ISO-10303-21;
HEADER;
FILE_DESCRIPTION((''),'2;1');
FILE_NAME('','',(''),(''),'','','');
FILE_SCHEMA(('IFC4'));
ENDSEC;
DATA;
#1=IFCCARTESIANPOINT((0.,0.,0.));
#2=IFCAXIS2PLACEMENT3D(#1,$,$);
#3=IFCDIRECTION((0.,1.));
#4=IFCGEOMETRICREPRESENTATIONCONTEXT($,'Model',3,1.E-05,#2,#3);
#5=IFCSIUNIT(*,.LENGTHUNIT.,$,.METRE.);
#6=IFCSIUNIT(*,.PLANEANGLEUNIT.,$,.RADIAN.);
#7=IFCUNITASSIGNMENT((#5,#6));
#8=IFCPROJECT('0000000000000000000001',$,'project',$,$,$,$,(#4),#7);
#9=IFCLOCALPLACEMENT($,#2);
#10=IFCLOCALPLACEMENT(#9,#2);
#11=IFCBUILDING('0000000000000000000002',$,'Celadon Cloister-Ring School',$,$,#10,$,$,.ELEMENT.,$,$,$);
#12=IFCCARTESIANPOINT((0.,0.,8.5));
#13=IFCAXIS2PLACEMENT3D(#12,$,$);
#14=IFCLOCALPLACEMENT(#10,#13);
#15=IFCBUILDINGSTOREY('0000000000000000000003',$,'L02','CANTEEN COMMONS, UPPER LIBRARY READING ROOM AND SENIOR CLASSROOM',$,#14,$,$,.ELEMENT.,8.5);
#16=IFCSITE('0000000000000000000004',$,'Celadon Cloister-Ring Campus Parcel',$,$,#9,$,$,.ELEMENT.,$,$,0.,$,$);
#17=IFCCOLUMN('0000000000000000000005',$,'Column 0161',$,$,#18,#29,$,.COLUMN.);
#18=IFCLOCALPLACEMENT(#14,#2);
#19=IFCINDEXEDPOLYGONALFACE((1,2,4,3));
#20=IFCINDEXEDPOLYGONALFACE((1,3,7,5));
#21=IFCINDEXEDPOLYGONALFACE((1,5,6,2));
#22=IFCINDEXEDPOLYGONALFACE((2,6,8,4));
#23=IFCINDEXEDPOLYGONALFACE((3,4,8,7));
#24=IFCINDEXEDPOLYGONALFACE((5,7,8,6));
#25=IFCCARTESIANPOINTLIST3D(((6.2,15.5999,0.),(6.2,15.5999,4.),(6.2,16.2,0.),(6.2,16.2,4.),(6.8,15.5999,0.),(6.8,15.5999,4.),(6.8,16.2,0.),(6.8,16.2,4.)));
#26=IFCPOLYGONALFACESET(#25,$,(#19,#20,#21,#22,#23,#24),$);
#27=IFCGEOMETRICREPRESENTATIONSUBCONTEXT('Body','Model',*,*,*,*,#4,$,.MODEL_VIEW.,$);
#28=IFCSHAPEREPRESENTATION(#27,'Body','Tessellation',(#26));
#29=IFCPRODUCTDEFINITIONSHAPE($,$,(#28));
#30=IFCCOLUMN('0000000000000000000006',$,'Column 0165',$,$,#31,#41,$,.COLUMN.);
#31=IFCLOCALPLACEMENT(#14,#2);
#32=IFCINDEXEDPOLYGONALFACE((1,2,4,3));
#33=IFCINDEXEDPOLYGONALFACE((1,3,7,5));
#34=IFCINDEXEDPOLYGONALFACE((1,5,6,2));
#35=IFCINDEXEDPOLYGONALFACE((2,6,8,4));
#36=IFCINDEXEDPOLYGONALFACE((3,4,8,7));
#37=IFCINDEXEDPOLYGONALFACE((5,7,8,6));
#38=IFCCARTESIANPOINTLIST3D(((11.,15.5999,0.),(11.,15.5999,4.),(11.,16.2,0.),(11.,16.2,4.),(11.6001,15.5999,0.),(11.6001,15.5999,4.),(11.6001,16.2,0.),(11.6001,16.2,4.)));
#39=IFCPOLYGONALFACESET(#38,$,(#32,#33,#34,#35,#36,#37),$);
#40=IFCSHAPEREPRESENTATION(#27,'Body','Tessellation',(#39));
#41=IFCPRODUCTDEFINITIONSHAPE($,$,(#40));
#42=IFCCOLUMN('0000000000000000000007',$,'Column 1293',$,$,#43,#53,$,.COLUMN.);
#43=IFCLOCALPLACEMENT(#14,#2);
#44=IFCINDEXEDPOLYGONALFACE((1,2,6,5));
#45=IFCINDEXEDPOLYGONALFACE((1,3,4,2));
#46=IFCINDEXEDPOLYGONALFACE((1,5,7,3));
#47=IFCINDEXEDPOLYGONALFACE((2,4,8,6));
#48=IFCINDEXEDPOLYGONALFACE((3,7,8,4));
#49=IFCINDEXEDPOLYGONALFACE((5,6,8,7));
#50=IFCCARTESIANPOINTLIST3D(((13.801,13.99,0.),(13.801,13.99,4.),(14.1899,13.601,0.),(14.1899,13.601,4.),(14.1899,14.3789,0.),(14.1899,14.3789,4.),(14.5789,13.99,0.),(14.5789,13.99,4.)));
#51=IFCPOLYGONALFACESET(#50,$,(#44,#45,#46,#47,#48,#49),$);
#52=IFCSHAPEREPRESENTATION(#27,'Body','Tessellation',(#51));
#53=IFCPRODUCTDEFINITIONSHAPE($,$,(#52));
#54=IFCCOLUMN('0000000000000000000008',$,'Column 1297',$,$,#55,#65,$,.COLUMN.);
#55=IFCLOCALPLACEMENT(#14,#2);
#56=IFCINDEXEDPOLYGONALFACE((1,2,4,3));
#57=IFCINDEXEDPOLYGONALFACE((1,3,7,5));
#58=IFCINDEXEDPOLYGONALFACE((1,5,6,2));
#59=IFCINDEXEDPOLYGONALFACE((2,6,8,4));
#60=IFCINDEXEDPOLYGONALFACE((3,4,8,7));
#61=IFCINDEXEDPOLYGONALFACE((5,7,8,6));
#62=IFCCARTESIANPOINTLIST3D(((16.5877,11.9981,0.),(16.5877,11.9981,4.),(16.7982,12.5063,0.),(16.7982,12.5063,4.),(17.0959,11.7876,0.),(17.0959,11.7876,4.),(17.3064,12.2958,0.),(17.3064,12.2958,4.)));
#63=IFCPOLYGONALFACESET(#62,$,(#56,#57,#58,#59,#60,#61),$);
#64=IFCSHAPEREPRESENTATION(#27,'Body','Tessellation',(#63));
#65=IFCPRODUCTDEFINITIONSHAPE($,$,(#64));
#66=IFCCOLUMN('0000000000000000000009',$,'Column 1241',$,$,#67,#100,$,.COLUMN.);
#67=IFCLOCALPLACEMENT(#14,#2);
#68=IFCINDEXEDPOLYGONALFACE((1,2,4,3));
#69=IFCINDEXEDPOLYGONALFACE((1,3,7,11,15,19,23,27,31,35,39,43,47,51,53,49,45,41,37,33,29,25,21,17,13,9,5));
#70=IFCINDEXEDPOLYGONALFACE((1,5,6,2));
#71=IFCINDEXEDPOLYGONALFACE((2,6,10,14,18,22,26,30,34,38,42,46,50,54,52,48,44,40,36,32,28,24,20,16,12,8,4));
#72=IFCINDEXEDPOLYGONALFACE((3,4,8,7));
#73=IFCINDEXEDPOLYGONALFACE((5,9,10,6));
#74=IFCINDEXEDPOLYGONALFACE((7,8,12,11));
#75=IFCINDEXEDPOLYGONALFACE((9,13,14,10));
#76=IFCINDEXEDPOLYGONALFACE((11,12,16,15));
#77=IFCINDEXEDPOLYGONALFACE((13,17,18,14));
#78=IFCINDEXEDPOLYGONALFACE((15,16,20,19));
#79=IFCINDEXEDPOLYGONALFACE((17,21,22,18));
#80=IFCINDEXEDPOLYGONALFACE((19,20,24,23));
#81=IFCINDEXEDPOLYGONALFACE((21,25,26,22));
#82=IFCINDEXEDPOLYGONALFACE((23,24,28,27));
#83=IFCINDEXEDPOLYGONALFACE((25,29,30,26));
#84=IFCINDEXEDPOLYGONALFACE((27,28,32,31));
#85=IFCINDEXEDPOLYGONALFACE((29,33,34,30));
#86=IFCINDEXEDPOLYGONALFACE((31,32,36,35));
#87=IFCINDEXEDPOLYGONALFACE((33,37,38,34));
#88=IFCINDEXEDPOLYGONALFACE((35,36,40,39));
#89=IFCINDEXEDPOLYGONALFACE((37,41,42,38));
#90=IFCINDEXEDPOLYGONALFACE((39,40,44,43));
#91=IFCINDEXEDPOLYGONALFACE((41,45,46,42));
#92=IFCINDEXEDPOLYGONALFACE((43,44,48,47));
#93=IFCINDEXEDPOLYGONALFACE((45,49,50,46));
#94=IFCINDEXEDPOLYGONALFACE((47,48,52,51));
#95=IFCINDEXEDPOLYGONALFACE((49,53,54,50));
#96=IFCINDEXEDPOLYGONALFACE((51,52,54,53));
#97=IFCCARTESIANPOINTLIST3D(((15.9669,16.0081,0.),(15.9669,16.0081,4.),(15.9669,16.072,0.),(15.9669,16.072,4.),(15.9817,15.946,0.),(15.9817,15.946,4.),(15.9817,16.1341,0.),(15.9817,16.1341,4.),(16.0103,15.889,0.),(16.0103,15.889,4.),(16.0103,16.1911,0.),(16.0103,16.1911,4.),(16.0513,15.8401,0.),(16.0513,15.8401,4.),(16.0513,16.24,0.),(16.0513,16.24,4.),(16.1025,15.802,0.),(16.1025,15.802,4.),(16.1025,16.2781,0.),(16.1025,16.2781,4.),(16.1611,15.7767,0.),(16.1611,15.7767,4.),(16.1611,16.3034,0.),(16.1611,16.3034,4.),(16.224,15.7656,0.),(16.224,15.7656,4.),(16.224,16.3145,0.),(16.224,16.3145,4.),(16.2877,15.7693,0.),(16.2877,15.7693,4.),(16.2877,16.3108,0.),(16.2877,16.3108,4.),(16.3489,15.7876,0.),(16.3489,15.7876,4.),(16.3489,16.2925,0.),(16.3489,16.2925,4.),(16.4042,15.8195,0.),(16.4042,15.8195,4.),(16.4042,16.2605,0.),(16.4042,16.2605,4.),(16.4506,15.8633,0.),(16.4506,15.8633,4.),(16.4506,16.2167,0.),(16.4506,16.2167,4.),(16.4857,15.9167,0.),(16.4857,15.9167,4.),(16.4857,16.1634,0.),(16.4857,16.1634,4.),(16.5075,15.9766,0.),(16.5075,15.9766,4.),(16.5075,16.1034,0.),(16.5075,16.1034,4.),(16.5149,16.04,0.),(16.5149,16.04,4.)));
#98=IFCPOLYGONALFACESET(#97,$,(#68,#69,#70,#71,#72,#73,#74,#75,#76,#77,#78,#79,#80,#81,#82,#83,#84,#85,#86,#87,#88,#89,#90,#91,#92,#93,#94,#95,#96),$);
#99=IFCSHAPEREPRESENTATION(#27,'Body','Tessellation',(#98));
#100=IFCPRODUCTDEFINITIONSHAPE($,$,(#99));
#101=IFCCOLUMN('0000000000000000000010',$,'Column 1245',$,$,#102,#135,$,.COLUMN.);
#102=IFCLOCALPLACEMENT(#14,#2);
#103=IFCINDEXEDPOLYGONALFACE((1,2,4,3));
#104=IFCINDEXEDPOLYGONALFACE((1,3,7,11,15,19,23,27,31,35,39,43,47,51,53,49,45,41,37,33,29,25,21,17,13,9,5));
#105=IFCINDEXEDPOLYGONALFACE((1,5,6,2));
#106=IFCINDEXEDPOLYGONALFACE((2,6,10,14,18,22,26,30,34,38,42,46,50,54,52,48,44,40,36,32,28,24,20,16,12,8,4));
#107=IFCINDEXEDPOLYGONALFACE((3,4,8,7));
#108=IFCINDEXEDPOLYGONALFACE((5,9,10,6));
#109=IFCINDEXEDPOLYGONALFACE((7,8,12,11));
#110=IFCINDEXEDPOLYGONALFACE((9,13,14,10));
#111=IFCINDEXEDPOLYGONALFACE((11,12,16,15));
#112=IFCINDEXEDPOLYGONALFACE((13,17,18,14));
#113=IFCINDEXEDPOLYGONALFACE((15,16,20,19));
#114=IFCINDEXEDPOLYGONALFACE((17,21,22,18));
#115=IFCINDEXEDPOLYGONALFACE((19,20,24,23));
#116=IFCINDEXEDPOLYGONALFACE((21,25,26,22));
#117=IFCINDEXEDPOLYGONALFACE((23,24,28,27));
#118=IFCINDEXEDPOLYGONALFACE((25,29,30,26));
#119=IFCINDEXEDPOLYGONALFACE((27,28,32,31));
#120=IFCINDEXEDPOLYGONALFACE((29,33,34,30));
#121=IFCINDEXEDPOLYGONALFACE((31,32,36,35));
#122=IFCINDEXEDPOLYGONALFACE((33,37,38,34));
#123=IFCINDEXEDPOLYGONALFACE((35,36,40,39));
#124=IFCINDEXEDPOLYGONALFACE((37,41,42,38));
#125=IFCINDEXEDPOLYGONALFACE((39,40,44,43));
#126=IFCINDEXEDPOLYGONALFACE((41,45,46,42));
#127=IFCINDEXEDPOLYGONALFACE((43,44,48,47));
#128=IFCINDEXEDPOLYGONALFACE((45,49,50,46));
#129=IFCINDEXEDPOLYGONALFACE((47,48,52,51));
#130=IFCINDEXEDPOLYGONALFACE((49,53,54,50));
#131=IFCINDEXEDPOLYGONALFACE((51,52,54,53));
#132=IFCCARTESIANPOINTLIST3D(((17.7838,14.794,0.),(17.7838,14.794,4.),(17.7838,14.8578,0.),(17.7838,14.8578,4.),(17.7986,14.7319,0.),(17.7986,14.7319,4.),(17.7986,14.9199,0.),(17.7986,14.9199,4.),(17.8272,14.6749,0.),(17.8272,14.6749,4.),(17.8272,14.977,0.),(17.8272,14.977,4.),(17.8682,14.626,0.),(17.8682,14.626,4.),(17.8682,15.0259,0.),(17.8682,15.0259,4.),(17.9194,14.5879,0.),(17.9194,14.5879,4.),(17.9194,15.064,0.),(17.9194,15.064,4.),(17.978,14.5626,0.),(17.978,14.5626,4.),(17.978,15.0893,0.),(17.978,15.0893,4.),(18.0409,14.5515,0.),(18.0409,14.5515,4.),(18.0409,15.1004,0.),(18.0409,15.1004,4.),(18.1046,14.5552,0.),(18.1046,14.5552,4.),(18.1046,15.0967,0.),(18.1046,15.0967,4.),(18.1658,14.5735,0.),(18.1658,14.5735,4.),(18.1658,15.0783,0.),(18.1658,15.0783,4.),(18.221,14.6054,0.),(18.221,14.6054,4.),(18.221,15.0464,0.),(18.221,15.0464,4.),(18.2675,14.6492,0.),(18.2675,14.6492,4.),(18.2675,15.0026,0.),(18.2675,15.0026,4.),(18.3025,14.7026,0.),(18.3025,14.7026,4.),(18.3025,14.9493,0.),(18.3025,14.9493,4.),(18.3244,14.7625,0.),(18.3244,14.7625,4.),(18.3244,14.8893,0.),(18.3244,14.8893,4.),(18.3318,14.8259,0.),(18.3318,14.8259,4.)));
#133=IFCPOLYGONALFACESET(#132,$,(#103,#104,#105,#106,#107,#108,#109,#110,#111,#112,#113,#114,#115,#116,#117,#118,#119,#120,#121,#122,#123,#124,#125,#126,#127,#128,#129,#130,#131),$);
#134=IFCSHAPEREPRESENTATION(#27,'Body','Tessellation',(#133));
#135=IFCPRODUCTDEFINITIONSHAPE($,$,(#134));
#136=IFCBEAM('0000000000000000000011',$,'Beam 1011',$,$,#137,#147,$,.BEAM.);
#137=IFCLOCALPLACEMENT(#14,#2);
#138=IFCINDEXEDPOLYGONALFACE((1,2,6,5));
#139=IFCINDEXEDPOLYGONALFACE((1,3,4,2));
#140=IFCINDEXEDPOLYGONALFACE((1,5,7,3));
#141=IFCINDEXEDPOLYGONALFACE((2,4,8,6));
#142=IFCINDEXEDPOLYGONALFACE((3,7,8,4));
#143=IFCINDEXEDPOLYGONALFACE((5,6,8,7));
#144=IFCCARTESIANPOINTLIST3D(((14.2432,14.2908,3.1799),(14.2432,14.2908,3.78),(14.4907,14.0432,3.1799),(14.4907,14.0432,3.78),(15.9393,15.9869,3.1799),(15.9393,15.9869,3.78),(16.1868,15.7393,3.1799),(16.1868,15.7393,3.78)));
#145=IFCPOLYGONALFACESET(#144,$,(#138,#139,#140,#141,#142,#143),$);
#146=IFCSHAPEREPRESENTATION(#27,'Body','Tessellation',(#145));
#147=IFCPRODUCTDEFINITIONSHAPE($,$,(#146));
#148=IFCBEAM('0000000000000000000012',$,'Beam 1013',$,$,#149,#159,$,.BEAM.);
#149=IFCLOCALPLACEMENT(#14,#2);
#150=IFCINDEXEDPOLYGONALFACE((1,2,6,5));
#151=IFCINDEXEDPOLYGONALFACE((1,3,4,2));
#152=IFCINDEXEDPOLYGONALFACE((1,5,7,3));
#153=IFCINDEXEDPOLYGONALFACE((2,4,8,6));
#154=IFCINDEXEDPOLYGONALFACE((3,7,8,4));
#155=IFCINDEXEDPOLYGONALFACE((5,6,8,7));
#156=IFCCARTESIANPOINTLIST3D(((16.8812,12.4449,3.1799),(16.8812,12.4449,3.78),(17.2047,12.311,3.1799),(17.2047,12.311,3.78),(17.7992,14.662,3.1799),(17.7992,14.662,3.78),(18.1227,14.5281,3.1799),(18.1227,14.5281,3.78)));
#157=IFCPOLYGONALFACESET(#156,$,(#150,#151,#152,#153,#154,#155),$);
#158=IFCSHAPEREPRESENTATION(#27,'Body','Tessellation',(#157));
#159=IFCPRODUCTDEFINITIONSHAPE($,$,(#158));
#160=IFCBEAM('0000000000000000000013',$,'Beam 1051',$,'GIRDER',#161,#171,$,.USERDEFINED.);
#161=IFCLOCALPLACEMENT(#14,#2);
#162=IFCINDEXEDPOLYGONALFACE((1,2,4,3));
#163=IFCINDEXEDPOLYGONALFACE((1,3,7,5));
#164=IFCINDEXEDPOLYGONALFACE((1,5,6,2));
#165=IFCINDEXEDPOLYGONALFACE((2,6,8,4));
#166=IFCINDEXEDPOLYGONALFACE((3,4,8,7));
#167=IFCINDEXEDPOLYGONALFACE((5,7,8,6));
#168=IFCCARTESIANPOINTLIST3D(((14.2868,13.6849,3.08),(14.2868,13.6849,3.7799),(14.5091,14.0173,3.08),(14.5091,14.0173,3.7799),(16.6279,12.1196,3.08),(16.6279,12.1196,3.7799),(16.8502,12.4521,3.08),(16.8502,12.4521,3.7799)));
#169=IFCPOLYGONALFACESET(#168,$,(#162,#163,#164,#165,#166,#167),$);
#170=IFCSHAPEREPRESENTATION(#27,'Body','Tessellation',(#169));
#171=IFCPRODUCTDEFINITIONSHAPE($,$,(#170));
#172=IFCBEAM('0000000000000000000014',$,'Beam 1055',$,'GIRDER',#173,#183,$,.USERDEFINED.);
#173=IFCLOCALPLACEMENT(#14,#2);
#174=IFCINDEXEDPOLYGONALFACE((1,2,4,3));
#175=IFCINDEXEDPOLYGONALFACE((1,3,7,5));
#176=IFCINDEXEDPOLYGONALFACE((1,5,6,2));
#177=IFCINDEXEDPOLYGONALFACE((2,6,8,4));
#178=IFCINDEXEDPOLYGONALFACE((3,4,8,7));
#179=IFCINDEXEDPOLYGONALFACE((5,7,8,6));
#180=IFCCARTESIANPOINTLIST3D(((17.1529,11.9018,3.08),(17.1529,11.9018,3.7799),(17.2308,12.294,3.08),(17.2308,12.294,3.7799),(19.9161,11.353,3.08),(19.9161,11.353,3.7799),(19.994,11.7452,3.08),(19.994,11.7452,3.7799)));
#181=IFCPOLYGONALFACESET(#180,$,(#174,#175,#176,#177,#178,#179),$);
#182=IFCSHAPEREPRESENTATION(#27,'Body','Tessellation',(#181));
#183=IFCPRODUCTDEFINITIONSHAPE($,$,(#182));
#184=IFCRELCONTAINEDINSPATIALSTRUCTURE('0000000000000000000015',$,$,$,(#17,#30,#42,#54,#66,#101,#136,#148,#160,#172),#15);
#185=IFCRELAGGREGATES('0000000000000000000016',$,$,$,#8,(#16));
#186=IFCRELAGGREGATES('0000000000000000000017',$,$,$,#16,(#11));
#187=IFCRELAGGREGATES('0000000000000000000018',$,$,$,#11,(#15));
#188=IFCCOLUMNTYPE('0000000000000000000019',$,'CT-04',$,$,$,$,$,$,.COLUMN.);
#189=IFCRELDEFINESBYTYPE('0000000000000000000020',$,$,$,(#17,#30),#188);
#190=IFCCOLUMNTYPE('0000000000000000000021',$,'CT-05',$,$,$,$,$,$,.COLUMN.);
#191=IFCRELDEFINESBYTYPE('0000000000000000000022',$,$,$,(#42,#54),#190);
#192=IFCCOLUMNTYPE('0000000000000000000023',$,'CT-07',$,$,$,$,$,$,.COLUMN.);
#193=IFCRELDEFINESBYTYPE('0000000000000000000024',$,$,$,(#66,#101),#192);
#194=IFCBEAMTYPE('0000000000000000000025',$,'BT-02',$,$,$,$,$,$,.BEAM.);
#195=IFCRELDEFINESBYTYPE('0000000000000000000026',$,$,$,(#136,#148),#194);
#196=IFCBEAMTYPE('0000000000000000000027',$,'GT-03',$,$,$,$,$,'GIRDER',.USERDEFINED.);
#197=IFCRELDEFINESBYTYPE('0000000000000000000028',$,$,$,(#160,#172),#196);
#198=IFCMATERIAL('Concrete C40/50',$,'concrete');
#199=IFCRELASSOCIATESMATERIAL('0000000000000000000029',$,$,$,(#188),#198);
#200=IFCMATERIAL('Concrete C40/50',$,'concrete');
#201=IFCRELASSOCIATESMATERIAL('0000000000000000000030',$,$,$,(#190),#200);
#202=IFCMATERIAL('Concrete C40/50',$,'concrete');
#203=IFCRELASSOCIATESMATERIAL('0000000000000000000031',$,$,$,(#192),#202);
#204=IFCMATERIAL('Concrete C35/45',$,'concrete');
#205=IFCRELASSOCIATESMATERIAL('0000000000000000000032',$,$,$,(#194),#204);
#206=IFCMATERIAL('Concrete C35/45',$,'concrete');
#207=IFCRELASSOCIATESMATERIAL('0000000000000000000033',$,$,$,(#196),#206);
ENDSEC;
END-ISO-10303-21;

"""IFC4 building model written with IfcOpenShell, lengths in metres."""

from ifc_helpers import new_model, si_unit, direction, frame, origin, origin_2d, place, context, subcontext, project, spatial, rectangle, circle, extrude, material, material_profile, profile_set, type_object, element, save


model = new_model("IFC4")

# Units and contexts
model_context = context("Model", 3, precision=1e-05, world=origin(), true_north=direction((0.0, 1.0)))
body_context = subcontext(model_context, "Body", "Model", "MODEL_VIEW")
ifc_project = project(units=[si_unit("LENGTHUNIT", "METRE"), si_unit("PLANEANGLEUNIT", "RADIAN")], contexts=[model_context])

# Site, building, storey
site_placement = place(None, origin())
site = spatial("IfcSite", under=ifc_project, at=site_placement, Name="Celadon Cloister-Ring Campus Parcel", CompositionType="ELEMENT", RefElevation=0.0)
building_placement = place(site_placement, origin())
building = spatial("IfcBuilding", under=site, at=building_placement, Name="Celadon Cloister-Ring School", CompositionType="ELEMENT")
storey_placement = place(building_placement, frame((0.0, 0.0, 8.5)))
storey = spatial("IfcBuildingStorey", under=building, at=storey_placement, Name="L02", Description="CANTEEN COMMONS, UPPER LIBRARY READING ROOM AND SENIOR CLASSROOM", CompositionType="ELEMENT", Elevation=8.5)

# Columns
ifc_material_1 = material(Name="Concrete C40/50", Category="concrete")
ifc_material_profile_1 = material_profile(ifc_material_1, rectangle(XDim=0.6001, YDim=0.6001, at=origin_2d()), Name="RC600X600")
ifc_profile_set_1 = profile_set([ifc_material_profile_1], Name="Concrete C40/50")
column_type_1 = type_object("IfcColumnType", Name="CT-04", PredefinedType="COLUMN", material=ifc_profile_set_1)
for number, where, z_axis, x_axis, name in (
    (1, (6.5, 15.8999, 0.0), (0.0, 0.0, 1.0), (1.0, 0.0, 0.0), "Column 0161"),
    (2, (11.3, 15.8999, 0.0), (0.0, 0.0, 1.0), (1.0, 0.0, 0.0), "Column 0165"),
):
    element("IfcColumn", number, at=place(storey_placement, frame(where, z_axis=z_axis, x_axis=x_axis)), inside=storey, type_object=column_type_1, Name=name, PredefinedType="COLUMN", context=body_context, shape_type="SweptSolid", body=[
        extrude(rectangle(XDim=0.6001, YDim=0.6001, at=origin_2d()), origin(), (0.0, 0.0, 1.0), 4.0),
    ])
ifc_material_2 = material(Name="Concrete C40/50", Category="concrete")
ifc_material_profile_2 = material_profile(ifc_material_2, rectangle(XDim=0.55, YDim=0.55, at=origin_2d()), Name="RC550X550")
ifc_profile_set_2 = profile_set([ifc_material_profile_2], Name="Concrete C40/50")
column_type_2 = type_object("IfcColumnType", Name="CT-05", PredefinedType="COLUMN", material=ifc_profile_set_2)
for number, where, z_axis, x_axis, name in (
    (3, (14.1899, 13.99, 0.0), (0.0, 0.0, 1.0), (-0.707107, -0.707107, 0.0), "Column 1293"),
    (4, (16.947, 12.147, 0.0), (0.0, 0.0, 1.0), (-0.382683, -0.92388, 0.0), "Column 1297"),
):
    element("IfcColumn", number, at=place(storey_placement, frame(where, z_axis=z_axis, x_axis=x_axis)), inside=storey, type_object=column_type_2, Name=name, PredefinedType="COLUMN", context=body_context, shape_type="SweptSolid", body=[
        extrude(rectangle(XDim=0.55, YDim=0.55, at=origin_2d()), origin(), (0.0, 0.0, 1.0), 4.0),
    ])
ifc_material_3 = material(Name="Concrete C40/50", Category="concrete")
ifc_material_profile_3 = material_profile(ifc_material_3, circle(Radius=0.2749, at=origin_2d()), Name="CIRC550")
ifc_profile_set_3 = profile_set([ifc_material_profile_3], Name="Concrete C40/50")
column_type_3 = type_object("IfcColumnType", Name="CT-07", PredefinedType="COLUMN", material=ifc_profile_set_3)
for number, where, z_axis, x_axis, name in (
    (5, (16.24, 16.04, 0.0), (0.0, 0.0, 1.0), (1.0, 0.0, 0.0), "Column 1241"),
    (6, (18.0569, 14.8259, 0.0), (0.0, 0.0, 1.0), (1.0, 0.0, 0.0), "Column 1245"),
):
    element("IfcColumn", number, at=place(storey_placement, frame(where, z_axis=z_axis, x_axis=x_axis)), inside=storey, type_object=column_type_3, Name=name, PredefinedType="COLUMN", context=body_context, shape_type="SweptSolid", body=[
        extrude(circle(Radius=0.2749, at=origin_2d()), origin(), (0.0, 0.0, 1.0), 4.0),
    ])

# Beams
ifc_material_4 = material(Name="Concrete C35/45", Category="concrete")
ifc_material_profile_4 = material_profile(ifc_material_4, rectangle(XDim=0.3501, YDim=0.6001, at=origin_2d()), Name="RC350X600")
ifc_profile_set_4 = profile_set([ifc_material_profile_4], Name="Concrete C35/45")
beam_type_1 = type_object("IfcBeamType", Name="BT-02", PredefinedType="BEAM", material=ifc_profile_set_4)
beam_1_placement = place(storey_placement, frame((14.3669, 14.167, 3.48), z_axis=(0.707107, 0.707107, 0.0), x_axis=(-0.707107, 0.707107, 0.0)))
element("IfcBeam", 7, at=beam_1_placement, inside=storey, type_object=beam_type_1, Name="Beam 1011", PredefinedType="BEAM", context=body_context, shape_type="SweptSolid", body=[
    extrude(rectangle(XDim=0.3501, YDim=0.6001, at=origin_2d()), origin(), (0.0, 0.0, 1.0), 2.3987),
])
beam_2_placement = place(storey_placement, frame((17.043, 12.3779, 3.48), z_axis=(0.382555, 0.923933, 0.0), x_axis=(-0.923933, 0.382555, 0.0)))
element("IfcBeam", 8, at=beam_2_placement, inside=storey, type_object=beam_type_1, Name="Beam 1013", PredefinedType="BEAM", context=body_context, shape_type="SweptSolid", body=[
    extrude(rectangle(XDim=0.3501, YDim=0.6001, at=origin_2d()), origin(), (0.0, 0.0, 1.0), 2.3997),
])
ifc_material_5 = material(Name="Concrete C35/45", Category="concrete")
ifc_material_profile_5 = material_profile(ifc_material_5, rectangle(XDim=0.3999, YDim=0.7, at=origin_2d()), Name="RC400X700")
ifc_profile_set_5 = profile_set([ifc_material_profile_5], Name="Concrete C35/45")
beam_type_2 = type_object("IfcBeamType", Name="GT-03", ElementType="GIRDER", PredefinedType="USERDEFINED", material=ifc_profile_set_5)
beam_3_placement = place(storey_placement, frame((14.3979, 13.8511, 3.4299), z_axis=(0.831316, -0.5558, 0.0), x_axis=(0.5558, 0.831316, 0.0)))
element("IfcBeam", 9, at=beam_3_placement, inside=storey, type_object=beam_type_2, Name="Beam 1051", ObjectType="GIRDER", PredefinedType="USERDEFINED", context=body_context, shape_type="SweptSolid", body=[
    extrude(rectangle(XDim=0.3999, YDim=0.7, at=origin_2d()), origin(), (0.0, 0.0, 1.0), 2.8162),
])
beam_4_placement = place(storey_placement, frame((17.1919, 12.0979, 3.4299), z_axis=(0.98084, -0.194816, 0.0), x_axis=(0.194816, 0.98084, 0.0)))
element("IfcBeam", 10, at=beam_4_placement, inside=storey, type_object=beam_type_2, Name="Beam 1055", ObjectType="GIRDER", PredefinedType="USERDEFINED", context=body_context, shape_type="SweptSolid", body=[
    extrude(rectangle(XDim=0.3999, YDim=0.7, at=origin_2d()), origin(), (0.0, 0.0, 1.0), 2.8171),
])

save(model, "model.ifc")
